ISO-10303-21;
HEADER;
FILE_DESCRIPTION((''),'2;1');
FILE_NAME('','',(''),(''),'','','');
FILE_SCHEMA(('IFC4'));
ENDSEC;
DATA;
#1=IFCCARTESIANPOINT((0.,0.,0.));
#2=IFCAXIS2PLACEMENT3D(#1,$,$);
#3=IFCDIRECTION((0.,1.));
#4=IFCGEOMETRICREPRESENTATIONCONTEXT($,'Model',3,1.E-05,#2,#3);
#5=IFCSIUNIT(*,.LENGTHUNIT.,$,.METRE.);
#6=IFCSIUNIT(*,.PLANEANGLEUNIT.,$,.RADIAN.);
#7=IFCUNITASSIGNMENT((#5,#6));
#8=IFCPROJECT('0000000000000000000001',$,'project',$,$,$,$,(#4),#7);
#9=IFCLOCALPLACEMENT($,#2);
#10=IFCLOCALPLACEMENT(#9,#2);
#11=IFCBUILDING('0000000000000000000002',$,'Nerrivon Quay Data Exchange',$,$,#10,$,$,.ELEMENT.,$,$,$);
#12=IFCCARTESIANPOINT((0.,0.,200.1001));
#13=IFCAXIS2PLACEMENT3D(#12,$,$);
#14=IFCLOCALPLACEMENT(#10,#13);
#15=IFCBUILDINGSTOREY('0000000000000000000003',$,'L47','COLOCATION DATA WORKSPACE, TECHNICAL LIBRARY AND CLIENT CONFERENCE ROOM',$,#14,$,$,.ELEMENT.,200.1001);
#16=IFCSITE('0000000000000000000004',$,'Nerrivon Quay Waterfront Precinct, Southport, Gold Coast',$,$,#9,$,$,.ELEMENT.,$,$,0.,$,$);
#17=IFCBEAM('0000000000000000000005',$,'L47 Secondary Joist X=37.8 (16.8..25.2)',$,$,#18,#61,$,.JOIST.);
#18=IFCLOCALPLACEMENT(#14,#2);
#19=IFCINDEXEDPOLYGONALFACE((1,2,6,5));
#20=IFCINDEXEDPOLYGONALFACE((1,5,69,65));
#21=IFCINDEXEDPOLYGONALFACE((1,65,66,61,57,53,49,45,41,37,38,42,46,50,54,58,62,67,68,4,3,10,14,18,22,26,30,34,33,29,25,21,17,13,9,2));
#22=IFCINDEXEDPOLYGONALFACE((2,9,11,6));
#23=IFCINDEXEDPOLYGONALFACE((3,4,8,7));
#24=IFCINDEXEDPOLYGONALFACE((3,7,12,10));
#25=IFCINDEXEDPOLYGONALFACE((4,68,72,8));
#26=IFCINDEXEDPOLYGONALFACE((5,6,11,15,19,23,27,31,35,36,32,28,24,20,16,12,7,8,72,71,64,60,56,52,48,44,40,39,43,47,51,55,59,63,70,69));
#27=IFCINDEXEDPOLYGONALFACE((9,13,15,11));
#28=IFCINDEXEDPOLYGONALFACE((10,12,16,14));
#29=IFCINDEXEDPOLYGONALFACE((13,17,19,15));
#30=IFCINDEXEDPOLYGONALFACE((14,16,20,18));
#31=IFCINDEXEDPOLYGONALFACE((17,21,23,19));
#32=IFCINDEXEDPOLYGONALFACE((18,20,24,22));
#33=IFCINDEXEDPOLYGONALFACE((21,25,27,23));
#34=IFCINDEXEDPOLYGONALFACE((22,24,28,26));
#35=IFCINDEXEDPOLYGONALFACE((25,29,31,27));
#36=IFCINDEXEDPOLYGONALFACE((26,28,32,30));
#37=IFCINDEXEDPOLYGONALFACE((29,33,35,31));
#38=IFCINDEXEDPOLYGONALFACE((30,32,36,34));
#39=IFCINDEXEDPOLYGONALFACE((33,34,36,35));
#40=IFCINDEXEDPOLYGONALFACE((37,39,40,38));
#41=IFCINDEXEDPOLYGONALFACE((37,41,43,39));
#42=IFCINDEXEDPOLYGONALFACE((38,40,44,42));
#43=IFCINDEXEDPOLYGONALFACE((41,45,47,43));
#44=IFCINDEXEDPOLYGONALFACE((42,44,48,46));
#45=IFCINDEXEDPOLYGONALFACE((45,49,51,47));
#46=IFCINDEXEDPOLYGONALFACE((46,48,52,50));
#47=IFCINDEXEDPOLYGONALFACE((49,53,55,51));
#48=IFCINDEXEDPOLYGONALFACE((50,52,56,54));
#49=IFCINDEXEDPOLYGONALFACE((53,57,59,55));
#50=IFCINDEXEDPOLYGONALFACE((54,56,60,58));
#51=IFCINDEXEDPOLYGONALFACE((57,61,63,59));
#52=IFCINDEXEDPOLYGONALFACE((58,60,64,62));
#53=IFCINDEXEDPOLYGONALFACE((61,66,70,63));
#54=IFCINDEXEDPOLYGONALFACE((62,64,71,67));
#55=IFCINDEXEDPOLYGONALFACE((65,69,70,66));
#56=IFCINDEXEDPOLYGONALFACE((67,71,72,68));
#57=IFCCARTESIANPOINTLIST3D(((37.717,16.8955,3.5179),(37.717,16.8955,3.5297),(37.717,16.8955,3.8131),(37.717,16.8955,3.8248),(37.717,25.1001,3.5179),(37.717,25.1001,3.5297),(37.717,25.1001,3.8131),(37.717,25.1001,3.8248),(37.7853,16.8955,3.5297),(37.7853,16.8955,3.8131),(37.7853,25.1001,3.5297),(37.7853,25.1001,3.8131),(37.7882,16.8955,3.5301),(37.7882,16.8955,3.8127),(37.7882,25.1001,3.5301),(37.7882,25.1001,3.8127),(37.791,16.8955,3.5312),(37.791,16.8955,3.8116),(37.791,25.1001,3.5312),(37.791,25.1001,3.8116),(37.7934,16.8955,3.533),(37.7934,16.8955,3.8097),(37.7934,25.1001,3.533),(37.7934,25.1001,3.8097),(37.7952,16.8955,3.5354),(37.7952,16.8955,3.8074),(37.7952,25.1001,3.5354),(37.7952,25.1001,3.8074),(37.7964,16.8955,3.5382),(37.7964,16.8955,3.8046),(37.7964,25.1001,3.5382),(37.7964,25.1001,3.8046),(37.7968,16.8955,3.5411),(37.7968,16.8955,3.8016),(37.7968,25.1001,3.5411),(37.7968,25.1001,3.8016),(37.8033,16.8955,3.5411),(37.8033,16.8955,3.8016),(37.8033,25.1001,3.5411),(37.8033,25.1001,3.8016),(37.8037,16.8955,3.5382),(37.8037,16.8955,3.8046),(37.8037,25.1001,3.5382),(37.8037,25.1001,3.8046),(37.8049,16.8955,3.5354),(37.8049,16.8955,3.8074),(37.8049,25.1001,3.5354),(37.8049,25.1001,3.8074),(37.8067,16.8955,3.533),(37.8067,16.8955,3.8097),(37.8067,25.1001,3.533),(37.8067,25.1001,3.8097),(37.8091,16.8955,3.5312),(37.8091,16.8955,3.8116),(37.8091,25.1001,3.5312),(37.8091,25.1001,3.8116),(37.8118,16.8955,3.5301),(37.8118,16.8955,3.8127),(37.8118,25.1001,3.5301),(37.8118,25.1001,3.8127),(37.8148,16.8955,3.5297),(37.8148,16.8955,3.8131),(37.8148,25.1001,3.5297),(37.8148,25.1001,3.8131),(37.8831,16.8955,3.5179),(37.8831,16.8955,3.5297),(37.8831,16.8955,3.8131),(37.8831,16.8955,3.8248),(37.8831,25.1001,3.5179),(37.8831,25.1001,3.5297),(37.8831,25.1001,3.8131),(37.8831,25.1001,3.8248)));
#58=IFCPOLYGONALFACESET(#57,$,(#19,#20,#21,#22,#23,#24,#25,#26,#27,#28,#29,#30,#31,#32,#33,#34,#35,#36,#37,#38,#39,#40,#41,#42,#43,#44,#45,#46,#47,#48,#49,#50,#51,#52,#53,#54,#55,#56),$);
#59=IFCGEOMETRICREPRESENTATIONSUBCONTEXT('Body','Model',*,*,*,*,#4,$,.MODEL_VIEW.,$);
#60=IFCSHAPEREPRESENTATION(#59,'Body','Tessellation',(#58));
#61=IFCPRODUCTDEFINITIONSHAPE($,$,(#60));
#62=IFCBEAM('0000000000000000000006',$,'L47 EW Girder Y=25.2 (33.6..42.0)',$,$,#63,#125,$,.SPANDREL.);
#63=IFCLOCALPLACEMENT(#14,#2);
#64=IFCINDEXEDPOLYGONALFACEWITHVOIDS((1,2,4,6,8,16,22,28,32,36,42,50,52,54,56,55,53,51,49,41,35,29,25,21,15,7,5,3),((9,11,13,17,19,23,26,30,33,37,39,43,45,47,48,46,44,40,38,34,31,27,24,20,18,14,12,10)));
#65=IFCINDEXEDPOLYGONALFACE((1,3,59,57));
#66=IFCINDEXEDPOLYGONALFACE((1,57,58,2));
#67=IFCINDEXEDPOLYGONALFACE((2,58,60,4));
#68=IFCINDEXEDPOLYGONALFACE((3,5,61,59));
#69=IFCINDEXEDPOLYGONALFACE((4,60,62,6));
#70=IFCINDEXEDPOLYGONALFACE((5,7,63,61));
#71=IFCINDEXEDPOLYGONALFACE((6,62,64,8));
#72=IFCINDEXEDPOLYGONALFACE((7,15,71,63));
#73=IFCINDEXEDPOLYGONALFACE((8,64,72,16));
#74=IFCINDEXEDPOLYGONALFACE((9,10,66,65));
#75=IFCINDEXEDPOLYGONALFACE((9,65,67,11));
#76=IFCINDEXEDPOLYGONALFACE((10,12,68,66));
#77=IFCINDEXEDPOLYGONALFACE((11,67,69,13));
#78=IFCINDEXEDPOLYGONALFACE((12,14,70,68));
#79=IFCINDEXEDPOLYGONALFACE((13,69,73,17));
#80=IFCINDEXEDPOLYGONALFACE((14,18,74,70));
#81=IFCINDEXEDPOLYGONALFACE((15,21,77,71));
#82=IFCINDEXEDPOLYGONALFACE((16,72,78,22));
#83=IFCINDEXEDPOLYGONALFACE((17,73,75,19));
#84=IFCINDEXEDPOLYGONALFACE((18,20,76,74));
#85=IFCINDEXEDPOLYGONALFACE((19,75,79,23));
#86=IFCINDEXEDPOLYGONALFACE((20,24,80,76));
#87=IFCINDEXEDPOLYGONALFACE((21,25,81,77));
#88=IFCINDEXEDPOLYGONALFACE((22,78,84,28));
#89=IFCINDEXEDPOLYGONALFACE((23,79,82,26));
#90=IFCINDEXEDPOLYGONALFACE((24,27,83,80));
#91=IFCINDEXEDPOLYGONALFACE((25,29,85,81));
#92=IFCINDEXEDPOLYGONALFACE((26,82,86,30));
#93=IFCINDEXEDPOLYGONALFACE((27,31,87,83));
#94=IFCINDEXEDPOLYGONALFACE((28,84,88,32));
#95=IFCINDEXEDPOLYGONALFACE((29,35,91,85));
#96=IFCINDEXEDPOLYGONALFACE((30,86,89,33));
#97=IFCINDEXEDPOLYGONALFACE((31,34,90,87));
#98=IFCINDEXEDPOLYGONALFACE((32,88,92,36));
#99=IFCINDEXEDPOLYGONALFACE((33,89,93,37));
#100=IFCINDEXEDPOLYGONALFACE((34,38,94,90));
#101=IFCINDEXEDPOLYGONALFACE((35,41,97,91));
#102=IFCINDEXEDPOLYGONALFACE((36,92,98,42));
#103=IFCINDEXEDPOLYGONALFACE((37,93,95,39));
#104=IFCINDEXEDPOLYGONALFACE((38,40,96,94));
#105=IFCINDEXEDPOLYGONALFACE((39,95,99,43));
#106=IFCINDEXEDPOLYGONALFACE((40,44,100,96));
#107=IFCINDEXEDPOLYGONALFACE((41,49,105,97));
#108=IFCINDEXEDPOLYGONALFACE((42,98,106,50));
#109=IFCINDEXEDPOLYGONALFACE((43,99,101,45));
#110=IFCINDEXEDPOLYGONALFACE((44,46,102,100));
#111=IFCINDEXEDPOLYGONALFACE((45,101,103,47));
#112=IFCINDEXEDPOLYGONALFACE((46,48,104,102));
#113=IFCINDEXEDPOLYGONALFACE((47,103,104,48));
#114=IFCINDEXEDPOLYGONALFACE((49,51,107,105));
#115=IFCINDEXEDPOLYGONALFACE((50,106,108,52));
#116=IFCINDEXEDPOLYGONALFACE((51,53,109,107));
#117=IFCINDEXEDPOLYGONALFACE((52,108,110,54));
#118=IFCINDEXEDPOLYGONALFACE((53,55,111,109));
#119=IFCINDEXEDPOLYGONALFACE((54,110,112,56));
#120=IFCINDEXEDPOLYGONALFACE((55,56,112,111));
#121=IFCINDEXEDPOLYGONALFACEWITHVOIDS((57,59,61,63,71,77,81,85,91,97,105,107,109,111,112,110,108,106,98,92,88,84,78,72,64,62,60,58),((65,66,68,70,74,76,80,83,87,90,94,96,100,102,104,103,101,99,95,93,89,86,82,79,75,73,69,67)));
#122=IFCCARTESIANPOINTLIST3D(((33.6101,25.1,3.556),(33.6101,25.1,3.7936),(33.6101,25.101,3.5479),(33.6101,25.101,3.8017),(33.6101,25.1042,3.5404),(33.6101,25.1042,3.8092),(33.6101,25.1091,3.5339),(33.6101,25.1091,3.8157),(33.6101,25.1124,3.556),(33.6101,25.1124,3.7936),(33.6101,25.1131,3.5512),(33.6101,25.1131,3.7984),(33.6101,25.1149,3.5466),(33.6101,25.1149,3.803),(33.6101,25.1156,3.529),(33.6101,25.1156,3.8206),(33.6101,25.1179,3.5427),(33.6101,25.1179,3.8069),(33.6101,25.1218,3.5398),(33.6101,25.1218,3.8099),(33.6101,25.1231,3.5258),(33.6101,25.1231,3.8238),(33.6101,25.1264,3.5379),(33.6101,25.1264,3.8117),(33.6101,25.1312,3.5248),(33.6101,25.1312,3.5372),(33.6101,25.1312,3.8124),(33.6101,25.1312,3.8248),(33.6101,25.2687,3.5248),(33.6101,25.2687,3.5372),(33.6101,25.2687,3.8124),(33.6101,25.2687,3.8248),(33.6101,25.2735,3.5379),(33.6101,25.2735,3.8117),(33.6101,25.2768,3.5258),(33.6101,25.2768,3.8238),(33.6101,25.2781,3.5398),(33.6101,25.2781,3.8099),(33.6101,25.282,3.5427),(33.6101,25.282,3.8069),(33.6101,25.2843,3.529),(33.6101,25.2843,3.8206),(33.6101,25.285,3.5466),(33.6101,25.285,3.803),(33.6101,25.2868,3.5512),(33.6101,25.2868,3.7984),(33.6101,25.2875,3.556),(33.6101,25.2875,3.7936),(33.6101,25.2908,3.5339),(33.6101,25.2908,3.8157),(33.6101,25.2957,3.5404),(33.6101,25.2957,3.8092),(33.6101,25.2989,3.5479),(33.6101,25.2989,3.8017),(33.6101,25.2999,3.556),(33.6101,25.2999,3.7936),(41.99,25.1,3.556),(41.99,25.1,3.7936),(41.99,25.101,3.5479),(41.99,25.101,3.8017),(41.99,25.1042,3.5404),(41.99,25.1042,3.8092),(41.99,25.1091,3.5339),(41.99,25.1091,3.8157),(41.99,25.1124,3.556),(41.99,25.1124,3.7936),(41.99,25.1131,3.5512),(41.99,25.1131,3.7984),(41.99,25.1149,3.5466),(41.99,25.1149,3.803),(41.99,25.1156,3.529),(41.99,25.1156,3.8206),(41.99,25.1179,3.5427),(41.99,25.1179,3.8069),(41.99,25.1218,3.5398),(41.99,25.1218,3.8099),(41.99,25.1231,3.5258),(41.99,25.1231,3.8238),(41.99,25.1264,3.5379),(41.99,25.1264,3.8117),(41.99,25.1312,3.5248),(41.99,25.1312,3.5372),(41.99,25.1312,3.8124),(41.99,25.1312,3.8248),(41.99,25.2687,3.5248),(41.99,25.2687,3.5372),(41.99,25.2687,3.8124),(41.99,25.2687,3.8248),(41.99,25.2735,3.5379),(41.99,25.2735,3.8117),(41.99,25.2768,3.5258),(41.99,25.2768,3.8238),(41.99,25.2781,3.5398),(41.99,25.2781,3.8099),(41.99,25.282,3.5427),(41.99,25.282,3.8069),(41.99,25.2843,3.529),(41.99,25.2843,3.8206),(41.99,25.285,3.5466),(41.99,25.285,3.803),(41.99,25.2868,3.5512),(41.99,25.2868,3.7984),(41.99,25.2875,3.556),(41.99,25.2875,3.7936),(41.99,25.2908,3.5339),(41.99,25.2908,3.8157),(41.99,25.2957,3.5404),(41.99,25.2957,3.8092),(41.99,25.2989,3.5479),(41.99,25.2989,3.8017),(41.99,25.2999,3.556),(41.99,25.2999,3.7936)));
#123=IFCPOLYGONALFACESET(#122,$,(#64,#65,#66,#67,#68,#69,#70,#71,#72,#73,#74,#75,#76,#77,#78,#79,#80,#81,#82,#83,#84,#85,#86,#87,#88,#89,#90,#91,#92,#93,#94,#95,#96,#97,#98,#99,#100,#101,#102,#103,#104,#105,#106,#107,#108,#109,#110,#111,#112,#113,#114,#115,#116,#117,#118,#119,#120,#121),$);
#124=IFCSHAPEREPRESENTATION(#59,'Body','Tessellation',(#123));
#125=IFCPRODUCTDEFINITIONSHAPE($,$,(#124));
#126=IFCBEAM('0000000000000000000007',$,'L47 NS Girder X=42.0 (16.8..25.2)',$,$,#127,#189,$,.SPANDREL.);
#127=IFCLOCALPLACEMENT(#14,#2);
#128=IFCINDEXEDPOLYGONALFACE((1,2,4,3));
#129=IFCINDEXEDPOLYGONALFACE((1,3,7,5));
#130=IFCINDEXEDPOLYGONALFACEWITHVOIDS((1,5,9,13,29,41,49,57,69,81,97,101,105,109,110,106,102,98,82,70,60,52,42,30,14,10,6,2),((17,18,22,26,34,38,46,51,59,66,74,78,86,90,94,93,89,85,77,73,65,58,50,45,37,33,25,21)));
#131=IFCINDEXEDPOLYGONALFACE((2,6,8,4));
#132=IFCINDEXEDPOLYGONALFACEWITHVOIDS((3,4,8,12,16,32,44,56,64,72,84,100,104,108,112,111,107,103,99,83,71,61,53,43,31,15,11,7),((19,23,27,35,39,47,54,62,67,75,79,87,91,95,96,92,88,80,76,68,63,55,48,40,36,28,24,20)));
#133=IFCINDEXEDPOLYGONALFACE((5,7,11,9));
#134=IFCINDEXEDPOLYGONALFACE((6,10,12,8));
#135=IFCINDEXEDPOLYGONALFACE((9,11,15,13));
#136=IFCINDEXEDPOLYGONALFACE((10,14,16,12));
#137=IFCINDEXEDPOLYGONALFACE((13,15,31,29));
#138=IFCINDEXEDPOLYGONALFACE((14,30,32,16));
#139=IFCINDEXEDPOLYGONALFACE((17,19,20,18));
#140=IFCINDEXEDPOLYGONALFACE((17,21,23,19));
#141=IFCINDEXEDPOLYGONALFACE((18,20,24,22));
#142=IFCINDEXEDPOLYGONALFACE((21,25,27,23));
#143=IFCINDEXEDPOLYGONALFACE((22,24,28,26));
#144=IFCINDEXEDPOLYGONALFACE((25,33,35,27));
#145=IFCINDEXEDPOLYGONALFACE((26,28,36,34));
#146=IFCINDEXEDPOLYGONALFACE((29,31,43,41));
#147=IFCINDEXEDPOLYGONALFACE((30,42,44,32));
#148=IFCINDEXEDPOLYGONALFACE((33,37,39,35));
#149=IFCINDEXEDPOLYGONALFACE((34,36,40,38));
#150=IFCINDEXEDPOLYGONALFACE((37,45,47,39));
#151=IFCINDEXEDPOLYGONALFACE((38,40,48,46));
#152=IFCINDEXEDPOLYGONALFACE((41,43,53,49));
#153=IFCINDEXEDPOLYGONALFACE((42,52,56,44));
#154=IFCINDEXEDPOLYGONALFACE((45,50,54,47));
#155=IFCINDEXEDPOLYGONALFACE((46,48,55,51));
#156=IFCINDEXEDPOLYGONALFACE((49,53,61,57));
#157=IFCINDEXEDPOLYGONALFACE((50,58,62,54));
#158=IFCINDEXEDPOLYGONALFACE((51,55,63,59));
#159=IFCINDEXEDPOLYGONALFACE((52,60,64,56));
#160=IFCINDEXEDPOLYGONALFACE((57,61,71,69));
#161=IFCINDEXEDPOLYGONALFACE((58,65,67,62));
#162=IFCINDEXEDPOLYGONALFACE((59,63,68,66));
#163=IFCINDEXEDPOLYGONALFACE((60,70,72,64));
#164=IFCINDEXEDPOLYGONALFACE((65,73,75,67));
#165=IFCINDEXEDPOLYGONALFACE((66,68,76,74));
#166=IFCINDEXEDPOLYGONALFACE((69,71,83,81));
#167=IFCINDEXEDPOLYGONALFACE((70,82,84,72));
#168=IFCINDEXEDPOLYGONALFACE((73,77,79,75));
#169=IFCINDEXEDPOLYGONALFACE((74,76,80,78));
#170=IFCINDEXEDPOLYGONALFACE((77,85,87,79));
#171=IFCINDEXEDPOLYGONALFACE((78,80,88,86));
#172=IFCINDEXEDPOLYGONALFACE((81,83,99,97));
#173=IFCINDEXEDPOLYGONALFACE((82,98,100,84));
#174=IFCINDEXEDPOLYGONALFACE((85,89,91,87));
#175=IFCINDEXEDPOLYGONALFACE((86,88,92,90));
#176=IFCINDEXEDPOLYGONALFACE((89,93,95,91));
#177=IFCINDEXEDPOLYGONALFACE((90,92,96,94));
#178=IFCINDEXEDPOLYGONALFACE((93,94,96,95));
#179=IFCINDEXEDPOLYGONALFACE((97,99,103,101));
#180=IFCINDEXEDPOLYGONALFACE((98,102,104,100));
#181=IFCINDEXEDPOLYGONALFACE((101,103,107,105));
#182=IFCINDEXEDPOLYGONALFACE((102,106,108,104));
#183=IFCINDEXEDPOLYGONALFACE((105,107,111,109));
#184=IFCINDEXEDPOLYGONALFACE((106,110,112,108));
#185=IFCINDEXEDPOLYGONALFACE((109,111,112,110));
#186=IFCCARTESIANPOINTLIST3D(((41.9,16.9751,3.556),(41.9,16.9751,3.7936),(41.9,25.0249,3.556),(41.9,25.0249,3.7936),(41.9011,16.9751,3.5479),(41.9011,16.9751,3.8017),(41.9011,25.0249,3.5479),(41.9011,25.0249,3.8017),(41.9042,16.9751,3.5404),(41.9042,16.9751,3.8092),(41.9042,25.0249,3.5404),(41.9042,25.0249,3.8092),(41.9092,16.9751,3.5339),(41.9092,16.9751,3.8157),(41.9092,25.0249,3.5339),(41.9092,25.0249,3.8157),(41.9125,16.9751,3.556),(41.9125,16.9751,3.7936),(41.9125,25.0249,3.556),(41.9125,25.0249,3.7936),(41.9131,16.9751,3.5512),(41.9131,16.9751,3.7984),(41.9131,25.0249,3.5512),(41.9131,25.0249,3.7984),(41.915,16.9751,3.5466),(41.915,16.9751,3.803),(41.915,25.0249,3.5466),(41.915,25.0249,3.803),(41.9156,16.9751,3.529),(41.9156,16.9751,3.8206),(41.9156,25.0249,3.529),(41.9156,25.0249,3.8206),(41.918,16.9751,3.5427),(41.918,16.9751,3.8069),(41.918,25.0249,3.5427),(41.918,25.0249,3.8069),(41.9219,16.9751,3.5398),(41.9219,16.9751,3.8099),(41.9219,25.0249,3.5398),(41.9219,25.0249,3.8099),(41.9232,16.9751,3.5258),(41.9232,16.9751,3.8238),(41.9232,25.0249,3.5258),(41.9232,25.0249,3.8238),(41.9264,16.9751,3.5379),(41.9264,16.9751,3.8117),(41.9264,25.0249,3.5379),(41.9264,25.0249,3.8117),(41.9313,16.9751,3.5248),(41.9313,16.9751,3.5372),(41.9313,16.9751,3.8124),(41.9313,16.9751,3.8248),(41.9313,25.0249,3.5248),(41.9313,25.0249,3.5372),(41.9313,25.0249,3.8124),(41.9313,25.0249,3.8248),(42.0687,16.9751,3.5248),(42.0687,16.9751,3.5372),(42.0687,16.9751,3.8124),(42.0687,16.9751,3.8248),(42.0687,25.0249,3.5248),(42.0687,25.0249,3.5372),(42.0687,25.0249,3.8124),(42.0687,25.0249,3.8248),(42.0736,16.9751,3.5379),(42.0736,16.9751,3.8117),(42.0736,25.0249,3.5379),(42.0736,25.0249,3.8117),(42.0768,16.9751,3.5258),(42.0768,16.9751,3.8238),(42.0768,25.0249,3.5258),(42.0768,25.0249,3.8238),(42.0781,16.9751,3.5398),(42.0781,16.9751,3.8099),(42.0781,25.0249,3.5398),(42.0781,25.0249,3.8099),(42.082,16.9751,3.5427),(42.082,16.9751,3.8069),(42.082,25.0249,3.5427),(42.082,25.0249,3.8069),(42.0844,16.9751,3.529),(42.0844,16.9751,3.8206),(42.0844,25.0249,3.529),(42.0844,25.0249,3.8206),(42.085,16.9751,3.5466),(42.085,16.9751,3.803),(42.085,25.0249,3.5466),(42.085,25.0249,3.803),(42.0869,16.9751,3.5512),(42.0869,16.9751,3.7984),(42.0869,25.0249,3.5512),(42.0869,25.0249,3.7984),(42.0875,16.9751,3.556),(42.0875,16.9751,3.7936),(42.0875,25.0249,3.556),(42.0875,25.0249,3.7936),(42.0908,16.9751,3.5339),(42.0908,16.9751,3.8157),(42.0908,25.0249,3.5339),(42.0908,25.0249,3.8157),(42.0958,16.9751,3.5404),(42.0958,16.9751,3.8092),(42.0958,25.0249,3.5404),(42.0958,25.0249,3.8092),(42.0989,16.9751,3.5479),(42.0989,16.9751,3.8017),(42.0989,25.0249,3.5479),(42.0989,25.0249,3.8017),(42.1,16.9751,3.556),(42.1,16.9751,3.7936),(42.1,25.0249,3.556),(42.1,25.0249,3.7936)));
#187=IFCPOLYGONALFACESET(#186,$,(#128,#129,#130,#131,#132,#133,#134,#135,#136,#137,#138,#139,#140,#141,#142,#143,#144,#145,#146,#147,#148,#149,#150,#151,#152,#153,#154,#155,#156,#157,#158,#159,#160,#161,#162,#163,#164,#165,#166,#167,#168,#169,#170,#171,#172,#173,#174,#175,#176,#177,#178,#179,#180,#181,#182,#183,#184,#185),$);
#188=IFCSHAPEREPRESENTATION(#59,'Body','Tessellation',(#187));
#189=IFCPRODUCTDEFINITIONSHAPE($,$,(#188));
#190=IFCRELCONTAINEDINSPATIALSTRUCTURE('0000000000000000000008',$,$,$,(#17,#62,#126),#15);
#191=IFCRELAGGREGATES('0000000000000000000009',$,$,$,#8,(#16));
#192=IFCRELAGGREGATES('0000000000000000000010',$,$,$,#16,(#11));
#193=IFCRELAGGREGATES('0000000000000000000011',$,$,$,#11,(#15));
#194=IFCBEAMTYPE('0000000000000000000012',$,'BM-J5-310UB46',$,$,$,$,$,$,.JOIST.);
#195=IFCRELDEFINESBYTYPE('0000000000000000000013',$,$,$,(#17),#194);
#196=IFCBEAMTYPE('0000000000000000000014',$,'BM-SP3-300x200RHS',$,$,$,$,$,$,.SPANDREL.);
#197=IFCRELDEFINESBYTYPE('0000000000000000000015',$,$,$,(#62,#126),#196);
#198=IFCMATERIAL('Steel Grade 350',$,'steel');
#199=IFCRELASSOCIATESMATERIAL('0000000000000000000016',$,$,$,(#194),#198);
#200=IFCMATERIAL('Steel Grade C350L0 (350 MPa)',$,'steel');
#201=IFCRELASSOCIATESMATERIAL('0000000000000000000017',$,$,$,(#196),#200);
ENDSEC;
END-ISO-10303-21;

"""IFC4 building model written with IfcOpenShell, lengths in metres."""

from ifc_helpers import new_model, si_unit, direction, frame, origin, origin_2d, place, context, subcontext, project, spatial, hollow_rectangle, i_section, extrude, material, material_profile, profile_set, type_object, element, save


model = new_model("IFC4")

# Units and contexts
model_context = context("Model", 3, precision=1e-05, world=origin(), true_north=direction((0.0, 1.0)))
body_context = subcontext(model_context, "Body", "Model", "MODEL_VIEW")
ifc_project = project(units=[si_unit("LENGTHUNIT", "METRE"), si_unit("PLANEANGLEUNIT", "RADIAN")], contexts=[model_context])

# Site, building, storey
site_placement = place(None, origin())
site = spatial("IfcSite", under=ifc_project, at=site_placement, Name="Nerrivon Quay Waterfront Precinct, Southport, Gold Coast", CompositionType="ELEMENT", RefElevation=0.0)
building_placement = place(site_placement, origin())
building = spatial("IfcBuilding", under=site, at=building_placement, Name="Nerrivon Quay Data Exchange", CompositionType="ELEMENT")
storey_placement = place(building_placement, frame((0.0, 0.0, 200.1001)))
storey = spatial("IfcBuildingStorey", under=building, at=storey_placement, Name="L47", Description="COLOCATION DATA WORKSPACE, TECHNICAL LIBRARY AND CLIENT CONFERENCE ROOM", CompositionType="ELEMENT", Elevation=200.1001)

# Shared definitions
ifc_material_1 = material(Name="Steel Grade 350", Category="steel")

# Beams
ifc_material_profile_1 = material_profile(ifc_material_1, i_section(OverallWidth=0.166, OverallDepth=0.3069, WebThickness=0.0066, FlangeThickness=0.0117, FilletRadius=0.0115, at=origin_2d()), Name="310UB46.2")
ifc_profile_set_1 = profile_set([ifc_material_profile_1], Name="Steel Grade 350")
beam_type_1 = type_object("IfcBeamType", Name="BM-J5-310UB46", PredefinedType="JOIST", material=ifc_profile_set_1)
beam_1_placement = place(storey_placement, frame((37.8, 16.8955, 3.6714), z_axis=(0.0, 1.0, 0.0), x_axis=(-1.0, 0.0, 0.0)))
element("IfcBeam", 1, at=beam_1_placement, inside=storey, type_object=beam_type_1, Name="L47 Secondary Joist X=37.8 (16.8..25.2)", PredefinedType="JOIST", context=body_context, shape_type="SweptSolid", body=[
    extrude(i_section(OverallWidth=0.166, OverallDepth=0.3069, WebThickness=0.0066, FlangeThickness=0.0117, FilletRadius=0.0115, at=origin_2d()), origin(), (0.0, 0.0, 1.0), 8.2046),
])
ifc_material_2 = material(Name="Steel Grade C350L0 (350 MPa)", Category="steel")
ifc_material_profile_2 = material_profile(ifc_material_2, hollow_rectangle(XDim=0.2, YDim=0.3, WallThickness=0.0125, InnerFilletRadius=0.0188, OuterFilletRadius=0.0312, at=origin_2d()), Name="300x200x12.5RHS")
ifc_profile_set_2 = profile_set([ifc_material_profile_2], Name="Steel Grade C350L0 (350 MPa)")
beam_type_2 = type_object("IfcBeamType", Name="BM-SP3-300x200RHS", PredefinedType="SPANDREL", material=ifc_profile_set_2)
beam_2_placement = place(storey_placement, frame((33.6101, 25.2, 3.6748), z_axis=(1.0, 0.0, 0.0), x_axis=(0.0, 1.0, 0.0)))
element("IfcBeam", 2, at=beam_2_placement, inside=storey, type_object=beam_type_2, Name="L47 EW Girder Y=25.2 (33.6..42.0)", PredefinedType="SPANDREL", context=body_context, shape_type="SweptSolid", body=[
    extrude(hollow_rectangle(XDim=0.2, YDim=0.3, WallThickness=0.0125, InnerFilletRadius=0.0188, OuterFilletRadius=0.0312, at=origin_2d()), origin(), (0.0, 0.0, 1.0), 8.3799),
])
beam_3_placement = place(storey_placement, frame((42.0, 16.9751, 3.6748), z_axis=(0.0, 1.0, 0.0), x_axis=(-1.0, 0.0, 0.0)))
element("IfcBeam", 3, at=beam_3_placement, inside=storey, type_object=beam_type_2, Name="L47 NS Girder X=42.0 (16.8..25.2)", PredefinedType="SPANDREL", context=body_context, shape_type="SweptSolid", body=[
    extrude(hollow_rectangle(XDim=0.2, YDim=0.3, WallThickness=0.0125, InnerFilletRadius=0.0188, OuterFilletRadius=0.0312, at=origin_2d()), origin(), (0.0, 0.0, 1.0), 8.0498),
])

save(model, "model.ifc")
